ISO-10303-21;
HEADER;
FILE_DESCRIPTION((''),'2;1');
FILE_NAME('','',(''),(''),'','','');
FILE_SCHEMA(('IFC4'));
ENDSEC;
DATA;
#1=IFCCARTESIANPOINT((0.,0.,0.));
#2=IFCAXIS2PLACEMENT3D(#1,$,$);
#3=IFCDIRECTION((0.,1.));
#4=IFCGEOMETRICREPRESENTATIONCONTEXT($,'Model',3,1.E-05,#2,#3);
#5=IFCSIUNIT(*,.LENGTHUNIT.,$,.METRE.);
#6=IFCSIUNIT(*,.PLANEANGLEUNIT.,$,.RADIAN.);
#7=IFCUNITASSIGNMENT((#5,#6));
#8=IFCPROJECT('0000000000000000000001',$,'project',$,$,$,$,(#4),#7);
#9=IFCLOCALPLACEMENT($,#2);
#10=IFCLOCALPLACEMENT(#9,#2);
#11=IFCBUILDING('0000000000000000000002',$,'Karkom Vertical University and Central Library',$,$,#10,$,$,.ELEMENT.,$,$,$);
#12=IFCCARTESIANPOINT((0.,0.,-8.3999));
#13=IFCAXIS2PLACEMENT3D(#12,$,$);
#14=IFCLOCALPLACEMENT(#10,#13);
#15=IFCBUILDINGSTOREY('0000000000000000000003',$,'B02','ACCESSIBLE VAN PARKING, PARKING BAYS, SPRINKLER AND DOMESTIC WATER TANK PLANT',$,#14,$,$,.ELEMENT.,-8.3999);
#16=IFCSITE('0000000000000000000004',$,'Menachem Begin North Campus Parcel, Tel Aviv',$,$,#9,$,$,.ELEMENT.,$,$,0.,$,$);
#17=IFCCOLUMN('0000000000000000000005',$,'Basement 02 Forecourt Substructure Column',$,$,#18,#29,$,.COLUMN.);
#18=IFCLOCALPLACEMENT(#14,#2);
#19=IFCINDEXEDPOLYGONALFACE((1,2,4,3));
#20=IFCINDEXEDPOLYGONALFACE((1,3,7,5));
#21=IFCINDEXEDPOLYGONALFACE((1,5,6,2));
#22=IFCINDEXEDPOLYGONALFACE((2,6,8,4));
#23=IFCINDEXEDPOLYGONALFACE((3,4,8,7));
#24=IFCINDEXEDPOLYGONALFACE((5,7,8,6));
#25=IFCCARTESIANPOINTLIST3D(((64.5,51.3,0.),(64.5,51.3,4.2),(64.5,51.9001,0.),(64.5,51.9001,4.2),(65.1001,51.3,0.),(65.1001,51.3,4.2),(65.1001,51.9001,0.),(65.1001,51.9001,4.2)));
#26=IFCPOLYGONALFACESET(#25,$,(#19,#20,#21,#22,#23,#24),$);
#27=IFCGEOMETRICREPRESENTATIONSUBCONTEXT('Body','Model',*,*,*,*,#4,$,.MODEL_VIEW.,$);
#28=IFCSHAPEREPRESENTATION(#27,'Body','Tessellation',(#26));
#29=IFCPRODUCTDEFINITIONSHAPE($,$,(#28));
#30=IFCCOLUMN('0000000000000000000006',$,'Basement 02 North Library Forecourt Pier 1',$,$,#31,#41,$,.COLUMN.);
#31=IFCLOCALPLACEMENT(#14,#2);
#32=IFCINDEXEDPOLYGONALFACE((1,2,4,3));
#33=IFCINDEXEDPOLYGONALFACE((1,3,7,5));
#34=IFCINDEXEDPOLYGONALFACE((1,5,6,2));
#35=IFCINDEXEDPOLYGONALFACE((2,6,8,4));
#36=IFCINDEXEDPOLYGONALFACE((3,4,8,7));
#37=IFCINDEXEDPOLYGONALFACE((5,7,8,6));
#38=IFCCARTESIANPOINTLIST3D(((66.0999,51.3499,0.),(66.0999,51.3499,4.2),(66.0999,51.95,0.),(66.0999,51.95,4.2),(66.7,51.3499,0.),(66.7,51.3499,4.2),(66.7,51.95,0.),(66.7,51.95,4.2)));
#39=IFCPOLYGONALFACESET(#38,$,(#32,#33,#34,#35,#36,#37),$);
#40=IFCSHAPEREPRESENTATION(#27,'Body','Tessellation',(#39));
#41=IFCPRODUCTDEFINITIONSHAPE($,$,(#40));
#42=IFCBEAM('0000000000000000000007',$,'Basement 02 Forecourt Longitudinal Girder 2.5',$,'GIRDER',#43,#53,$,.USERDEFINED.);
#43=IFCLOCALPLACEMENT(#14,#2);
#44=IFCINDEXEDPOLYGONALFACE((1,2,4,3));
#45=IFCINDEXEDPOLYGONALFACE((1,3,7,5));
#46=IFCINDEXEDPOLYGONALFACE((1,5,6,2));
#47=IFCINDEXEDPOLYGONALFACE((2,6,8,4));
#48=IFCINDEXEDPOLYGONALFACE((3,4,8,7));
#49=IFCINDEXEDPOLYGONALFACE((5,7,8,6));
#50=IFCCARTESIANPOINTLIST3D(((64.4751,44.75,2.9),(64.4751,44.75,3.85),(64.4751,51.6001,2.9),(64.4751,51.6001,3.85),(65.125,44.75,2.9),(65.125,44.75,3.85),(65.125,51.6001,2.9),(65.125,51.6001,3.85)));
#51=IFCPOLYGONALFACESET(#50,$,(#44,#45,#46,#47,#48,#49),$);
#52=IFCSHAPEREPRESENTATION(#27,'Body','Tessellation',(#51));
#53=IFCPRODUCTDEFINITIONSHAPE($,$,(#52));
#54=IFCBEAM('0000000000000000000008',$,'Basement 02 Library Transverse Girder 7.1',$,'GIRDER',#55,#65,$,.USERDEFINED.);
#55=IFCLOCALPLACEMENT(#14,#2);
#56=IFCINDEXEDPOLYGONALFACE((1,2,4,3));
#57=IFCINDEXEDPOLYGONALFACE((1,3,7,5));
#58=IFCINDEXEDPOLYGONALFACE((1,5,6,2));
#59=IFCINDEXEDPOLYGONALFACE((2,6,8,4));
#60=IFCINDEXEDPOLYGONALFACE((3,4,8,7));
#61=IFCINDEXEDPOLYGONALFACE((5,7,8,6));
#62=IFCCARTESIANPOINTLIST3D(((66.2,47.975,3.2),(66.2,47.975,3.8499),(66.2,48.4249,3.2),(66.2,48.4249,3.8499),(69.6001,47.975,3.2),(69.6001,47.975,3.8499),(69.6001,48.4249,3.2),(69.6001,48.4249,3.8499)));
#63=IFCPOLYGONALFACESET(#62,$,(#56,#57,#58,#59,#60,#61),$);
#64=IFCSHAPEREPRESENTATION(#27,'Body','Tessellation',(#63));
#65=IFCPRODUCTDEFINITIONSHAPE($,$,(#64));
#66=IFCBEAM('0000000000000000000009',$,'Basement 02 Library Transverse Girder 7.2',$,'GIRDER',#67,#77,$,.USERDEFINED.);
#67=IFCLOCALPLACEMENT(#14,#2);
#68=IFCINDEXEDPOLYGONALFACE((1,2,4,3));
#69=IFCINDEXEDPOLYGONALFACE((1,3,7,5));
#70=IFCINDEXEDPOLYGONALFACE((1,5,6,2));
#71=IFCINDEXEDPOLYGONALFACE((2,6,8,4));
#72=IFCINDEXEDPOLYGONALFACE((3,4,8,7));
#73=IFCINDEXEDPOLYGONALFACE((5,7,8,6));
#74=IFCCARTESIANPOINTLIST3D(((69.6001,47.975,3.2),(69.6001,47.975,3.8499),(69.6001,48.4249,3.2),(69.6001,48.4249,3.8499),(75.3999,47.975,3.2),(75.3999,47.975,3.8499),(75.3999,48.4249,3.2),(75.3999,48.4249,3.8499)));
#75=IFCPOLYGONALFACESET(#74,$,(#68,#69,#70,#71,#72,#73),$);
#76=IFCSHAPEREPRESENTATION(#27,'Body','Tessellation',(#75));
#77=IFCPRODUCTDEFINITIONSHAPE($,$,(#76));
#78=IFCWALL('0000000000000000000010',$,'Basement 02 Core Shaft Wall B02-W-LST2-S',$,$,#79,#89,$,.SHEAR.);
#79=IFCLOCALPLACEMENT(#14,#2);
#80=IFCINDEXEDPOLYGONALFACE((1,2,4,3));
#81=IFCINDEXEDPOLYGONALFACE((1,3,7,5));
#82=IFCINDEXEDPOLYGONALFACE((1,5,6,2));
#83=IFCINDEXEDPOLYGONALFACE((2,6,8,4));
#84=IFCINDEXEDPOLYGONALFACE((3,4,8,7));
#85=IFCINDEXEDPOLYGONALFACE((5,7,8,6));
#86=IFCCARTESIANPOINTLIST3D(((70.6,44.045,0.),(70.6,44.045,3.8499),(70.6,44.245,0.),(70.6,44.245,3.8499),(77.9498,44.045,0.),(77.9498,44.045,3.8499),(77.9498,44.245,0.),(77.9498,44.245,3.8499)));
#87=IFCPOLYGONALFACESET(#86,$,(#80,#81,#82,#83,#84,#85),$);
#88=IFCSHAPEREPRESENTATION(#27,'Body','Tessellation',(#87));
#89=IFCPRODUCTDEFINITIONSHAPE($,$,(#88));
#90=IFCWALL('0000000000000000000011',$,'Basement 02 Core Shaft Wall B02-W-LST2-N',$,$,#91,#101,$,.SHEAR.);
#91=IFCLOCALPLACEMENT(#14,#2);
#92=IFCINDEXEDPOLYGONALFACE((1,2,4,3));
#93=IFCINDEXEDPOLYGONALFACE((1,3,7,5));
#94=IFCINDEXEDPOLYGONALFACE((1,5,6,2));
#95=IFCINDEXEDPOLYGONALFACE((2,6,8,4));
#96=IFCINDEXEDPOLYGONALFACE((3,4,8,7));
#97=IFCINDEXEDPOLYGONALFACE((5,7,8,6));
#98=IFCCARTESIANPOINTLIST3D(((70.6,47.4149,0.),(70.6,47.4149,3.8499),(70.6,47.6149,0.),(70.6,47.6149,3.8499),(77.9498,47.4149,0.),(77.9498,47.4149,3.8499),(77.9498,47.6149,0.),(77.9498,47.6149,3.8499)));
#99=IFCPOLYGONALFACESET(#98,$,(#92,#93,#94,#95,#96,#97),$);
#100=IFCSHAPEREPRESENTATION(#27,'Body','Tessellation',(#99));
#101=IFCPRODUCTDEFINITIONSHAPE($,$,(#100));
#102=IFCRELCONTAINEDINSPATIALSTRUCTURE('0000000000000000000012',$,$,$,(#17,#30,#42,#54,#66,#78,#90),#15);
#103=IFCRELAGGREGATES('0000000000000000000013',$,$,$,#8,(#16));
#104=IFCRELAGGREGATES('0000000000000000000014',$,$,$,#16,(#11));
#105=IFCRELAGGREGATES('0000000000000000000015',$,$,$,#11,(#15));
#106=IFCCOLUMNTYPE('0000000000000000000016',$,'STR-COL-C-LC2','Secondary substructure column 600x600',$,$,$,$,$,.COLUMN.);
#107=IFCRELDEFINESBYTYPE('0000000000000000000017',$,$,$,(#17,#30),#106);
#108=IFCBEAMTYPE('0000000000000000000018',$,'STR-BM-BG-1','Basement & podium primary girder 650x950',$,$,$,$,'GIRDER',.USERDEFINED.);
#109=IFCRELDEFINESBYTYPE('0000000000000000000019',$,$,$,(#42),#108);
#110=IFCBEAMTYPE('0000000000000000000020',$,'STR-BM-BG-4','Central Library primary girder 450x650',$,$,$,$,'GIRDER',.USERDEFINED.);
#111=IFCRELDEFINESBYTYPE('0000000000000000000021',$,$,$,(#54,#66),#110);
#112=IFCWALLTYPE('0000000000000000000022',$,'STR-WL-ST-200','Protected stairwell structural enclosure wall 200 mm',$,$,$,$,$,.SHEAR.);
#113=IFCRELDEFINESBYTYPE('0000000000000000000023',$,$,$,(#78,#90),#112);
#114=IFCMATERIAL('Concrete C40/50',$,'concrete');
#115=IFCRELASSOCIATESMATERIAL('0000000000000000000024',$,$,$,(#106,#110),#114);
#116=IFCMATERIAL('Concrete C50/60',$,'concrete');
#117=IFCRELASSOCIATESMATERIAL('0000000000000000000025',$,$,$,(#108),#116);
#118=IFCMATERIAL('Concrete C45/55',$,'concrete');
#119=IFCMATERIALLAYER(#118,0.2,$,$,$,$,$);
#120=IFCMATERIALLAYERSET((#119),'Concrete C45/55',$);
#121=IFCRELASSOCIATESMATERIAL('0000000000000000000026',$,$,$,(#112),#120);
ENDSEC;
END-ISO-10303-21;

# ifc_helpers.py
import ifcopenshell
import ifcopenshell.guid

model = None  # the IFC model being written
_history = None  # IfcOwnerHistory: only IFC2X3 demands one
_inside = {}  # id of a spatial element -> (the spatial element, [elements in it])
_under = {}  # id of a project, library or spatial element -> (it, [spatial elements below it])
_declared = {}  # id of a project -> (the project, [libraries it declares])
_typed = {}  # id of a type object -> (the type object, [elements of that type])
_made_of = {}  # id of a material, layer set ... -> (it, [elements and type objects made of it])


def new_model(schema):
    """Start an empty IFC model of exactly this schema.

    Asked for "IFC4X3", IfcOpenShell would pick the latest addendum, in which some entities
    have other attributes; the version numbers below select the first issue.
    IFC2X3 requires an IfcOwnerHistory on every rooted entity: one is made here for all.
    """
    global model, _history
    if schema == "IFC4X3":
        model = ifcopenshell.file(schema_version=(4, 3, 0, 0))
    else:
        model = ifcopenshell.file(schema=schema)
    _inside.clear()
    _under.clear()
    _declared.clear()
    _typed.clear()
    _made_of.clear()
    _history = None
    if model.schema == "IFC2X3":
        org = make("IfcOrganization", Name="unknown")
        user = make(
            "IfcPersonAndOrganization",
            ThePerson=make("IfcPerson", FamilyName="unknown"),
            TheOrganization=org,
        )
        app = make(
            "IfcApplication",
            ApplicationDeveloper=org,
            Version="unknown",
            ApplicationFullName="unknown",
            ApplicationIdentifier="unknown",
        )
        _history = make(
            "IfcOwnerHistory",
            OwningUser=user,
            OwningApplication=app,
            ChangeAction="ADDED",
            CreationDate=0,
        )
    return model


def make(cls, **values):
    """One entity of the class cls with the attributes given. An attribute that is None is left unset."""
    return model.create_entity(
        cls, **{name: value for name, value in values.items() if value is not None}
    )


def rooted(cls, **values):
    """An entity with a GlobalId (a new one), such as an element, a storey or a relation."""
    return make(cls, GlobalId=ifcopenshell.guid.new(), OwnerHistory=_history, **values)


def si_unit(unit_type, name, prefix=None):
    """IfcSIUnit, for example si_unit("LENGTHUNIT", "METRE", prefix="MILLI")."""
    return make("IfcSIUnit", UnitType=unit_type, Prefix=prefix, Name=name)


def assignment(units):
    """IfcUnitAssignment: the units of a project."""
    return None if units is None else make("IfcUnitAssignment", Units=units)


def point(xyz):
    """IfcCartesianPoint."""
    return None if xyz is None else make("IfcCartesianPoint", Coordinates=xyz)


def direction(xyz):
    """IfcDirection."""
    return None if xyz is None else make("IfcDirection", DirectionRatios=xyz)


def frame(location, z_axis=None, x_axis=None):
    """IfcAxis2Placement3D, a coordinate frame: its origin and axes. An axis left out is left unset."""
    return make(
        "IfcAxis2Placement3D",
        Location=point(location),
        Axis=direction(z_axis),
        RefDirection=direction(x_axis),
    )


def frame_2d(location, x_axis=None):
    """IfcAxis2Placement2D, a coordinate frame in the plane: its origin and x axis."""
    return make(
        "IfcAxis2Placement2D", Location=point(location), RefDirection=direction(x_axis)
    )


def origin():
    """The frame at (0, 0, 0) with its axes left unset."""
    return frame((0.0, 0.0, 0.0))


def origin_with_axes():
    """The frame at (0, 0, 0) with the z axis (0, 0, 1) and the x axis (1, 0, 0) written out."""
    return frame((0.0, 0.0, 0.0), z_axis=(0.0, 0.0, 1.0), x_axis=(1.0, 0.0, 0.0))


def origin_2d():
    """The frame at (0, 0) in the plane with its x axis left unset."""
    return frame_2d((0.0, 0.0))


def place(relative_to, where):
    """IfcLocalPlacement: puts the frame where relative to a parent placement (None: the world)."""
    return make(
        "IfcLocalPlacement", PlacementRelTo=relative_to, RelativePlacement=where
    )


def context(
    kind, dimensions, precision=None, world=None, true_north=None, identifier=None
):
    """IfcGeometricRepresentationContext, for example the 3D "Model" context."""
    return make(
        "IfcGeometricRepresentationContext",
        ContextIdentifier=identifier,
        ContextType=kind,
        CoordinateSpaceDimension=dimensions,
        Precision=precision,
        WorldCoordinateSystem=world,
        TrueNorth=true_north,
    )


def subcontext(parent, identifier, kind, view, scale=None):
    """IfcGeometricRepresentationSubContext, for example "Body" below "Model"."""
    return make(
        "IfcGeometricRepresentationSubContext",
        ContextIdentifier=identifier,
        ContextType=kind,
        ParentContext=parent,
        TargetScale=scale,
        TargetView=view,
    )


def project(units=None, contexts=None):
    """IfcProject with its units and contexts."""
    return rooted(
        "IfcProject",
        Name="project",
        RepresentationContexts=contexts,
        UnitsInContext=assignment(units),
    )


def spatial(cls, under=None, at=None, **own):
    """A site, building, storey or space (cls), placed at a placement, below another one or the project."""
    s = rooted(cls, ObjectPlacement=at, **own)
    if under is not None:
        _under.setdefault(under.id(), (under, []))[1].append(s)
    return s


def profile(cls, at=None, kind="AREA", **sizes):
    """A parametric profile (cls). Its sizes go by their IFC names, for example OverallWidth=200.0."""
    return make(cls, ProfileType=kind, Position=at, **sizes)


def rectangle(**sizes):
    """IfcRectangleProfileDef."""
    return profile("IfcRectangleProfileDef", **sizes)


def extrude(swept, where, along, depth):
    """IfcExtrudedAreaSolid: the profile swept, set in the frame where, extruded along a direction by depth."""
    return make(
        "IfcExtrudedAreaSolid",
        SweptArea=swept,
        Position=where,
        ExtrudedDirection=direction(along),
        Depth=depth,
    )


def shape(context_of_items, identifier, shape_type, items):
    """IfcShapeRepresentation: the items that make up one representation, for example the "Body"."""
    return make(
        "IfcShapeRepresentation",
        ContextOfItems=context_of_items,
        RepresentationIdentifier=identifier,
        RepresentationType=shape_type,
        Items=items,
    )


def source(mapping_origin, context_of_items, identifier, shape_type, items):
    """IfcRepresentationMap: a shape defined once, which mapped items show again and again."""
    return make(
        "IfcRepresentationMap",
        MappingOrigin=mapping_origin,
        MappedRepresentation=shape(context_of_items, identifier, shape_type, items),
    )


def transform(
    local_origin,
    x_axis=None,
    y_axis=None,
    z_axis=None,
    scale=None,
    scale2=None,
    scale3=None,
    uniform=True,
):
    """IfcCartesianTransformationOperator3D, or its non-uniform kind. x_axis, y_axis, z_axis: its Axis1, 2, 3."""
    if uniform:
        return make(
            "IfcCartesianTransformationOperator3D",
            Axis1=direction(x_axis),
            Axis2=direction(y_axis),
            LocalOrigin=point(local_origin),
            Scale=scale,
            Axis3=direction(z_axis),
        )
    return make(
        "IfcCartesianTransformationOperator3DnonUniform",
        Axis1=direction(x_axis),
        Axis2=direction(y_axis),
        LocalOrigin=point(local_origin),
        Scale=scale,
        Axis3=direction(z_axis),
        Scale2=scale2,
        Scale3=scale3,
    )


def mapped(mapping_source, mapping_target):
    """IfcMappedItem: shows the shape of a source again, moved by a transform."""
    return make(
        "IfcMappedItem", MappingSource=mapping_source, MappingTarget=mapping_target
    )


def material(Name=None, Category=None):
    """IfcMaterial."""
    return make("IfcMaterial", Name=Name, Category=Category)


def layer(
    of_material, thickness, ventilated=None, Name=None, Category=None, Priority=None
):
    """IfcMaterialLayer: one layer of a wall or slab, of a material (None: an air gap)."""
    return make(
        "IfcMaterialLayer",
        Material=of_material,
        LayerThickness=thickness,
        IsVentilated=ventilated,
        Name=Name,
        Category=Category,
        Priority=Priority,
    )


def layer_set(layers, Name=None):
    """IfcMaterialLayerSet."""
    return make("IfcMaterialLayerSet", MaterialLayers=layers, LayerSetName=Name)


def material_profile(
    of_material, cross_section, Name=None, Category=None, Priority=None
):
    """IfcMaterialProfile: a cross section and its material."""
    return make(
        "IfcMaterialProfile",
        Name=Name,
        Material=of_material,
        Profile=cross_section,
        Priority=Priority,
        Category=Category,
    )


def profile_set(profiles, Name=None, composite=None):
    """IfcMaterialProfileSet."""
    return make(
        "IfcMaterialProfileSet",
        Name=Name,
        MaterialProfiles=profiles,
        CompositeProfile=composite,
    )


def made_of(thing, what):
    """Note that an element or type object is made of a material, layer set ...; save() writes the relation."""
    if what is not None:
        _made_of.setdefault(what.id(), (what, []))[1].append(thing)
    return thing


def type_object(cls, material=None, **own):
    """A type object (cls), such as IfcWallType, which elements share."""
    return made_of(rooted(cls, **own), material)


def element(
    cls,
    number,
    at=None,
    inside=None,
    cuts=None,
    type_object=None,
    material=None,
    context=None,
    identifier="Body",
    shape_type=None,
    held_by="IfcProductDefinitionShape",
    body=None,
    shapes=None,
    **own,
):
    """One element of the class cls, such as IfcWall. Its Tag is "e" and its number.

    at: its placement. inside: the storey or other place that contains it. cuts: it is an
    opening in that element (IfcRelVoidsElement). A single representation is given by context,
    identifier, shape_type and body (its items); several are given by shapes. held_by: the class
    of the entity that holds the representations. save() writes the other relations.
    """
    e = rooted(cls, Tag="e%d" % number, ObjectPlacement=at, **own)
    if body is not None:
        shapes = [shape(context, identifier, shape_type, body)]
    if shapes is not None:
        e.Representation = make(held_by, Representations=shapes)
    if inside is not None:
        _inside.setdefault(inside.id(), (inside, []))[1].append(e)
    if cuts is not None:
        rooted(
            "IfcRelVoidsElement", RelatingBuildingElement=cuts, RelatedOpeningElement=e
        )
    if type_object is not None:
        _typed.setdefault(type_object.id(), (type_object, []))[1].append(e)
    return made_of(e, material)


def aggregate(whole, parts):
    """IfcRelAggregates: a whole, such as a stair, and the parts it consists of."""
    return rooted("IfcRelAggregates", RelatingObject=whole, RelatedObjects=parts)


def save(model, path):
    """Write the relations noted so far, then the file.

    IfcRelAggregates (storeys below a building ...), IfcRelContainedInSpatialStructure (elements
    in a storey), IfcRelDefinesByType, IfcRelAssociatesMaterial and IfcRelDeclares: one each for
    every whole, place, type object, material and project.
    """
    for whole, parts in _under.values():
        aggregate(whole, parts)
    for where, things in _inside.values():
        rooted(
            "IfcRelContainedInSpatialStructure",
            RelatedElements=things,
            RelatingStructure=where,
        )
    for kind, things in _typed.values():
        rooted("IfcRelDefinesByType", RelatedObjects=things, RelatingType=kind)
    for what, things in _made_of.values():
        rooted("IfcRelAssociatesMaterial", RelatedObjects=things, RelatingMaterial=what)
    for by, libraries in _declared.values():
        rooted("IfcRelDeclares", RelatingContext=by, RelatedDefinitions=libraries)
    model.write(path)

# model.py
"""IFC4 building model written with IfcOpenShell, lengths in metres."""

from ifc_helpers import new_model, si_unit, direction, frame, frame_2d, origin, origin_with_axes, origin_2d, place, context, subcontext, project, spatial, rectangle, extrude, source, transform, mapped, material, layer, layer_set, material_profile, profile_set, type_object, element, save


model = new_model("IFC4")

# Units and contexts
model_context = context("Model", 3, precision=1e-05, world=origin(), true_north=direction((0.0, 1.0)))
body_context = subcontext(model_context, "Body", "Model", "MODEL_VIEW")
ifc_project = project(units=[si_unit("LENGTHUNIT", "METRE"), si_unit("PLANEANGLEUNIT", "RADIAN")], contexts=[model_context])

# Site, building, storey
site_placement = place(None, origin())
site = spatial("IfcSite", under=ifc_project, at=site_placement, Name="Menachem Begin North Campus Parcel, Tel Aviv", CompositionType="ELEMENT", RefElevation=0.0)
building_placement = place(site_placement, origin())
building = spatial("IfcBuilding", under=site, at=building_placement, Name="Karkom Vertical University and Central Library", CompositionType="ELEMENT")
storey_placement = place(building_placement, frame((0.0, 0.0, -8.3999)))
storey = spatial("IfcBuildingStorey", under=building, at=storey_placement, Name="B02", Description="ACCESSIBLE VAN PARKING, PARKING BAYS, SPRINKLER AND DOMESTIC WATER TANK PLANT", CompositionType="ELEMENT", Elevation=-8.3999)

# Shared definitions
ifc_material_1 = material(Name="Concrete C40/50", Category="concrete")

# Shared definitions
ifc_material_2 = material(Name="Concrete C45/55", Category="concrete")

# Columns
ifc_material_profile_1 = material_profile(ifc_material_1, rectangle(XDim=0.6001, YDim=0.6001, at=origin_2d()), Name="RC-600x600")
ifc_profile_set_1 = profile_set([ifc_material_profile_1], Name="Concrete C40/50")
column_type_1 = type_object("IfcColumnType", Name="STR-COL-C-LC2", Description="Secondary substructure column 600x600", PredefinedType="COLUMN", material=ifc_profile_set_1)
shared_shape_1 = source(origin_with_axes(), body_context, "Body", "SweptSolid", [
    extrude(rectangle(XDim=0.6001, YDim=0.6001, at=origin_2d()), origin(), (0.0, 0.0, 1.0), 4.2),
])
for number, where, z_axis, x_axis, name in (
    (1, (64.8, 51.6001, 0.0), (0.0, 0.0, 1.0), (1.0, 0.0, 0.0), "Basement 02 Forecourt Substructure Column"),
    (2, (66.3999, 51.6499, 0.0), (0.0, 0.0, 1.0), (1.0, 0.0, 0.0), "Basement 02 North Library Forecourt Pier 1"),
):
    element("IfcColumn", number, at=place(storey_placement, frame(where, z_axis=z_axis, x_axis=x_axis)), inside=storey, type_object=column_type_1, Name=name, PredefinedType="COLUMN", context=body_context, shape_type="MappedRepresentation", body=[
        mapped(shared_shape_1, transform((0.0, 0.0, 0.0), scale=1.0)),
    ])

# Beams
ifc_material_3 = material(Name="Concrete C50/60", Category="concrete")
ifc_material_profile_2 = material_profile(ifc_material_3, rectangle(XDim=0.6499, YDim=0.95, at=origin_2d()), Name="RCG-650x950")
ifc_profile_set_2 = profile_set([ifc_material_profile_2], Name="Concrete C50/60")
beam_type_1 = type_object("IfcBeamType", Name="STR-BM-BG-1", Description="Basement & podium primary girder 650x950", ElementType="GIRDER", PredefinedType="USERDEFINED", material=ifc_profile_set_2)
shared_shape_2 = source(origin_with_axes(), body_context, "Body", "SweptSolid", [
    extrude(rectangle(XDim=0.6499, YDim=0.95, at=origin_2d()), origin(), (0.0, 0.0, 1.0), 6.8501),
])
beam_1_placement = place(storey_placement, frame((64.8, 44.75, 3.375), z_axis=(0.0, 1.0, 0.0), x_axis=(-1.0, 0.0, 0.0)))
element("IfcBeam", 3, at=beam_1_placement, inside=storey, type_object=beam_type_1, Name="Basement 02 Forecourt Longitudinal Girder 2.5", ObjectType="GIRDER", PredefinedType="USERDEFINED", context=body_context, shape_type="MappedRepresentation", body=[
    mapped(shared_shape_2, transform((0.0, 0.0, 0.0), scale=1.0)),
])
ifc_material_profile_3 = material_profile(ifc_material_1, rectangle(XDim=0.45, YDim=0.6499, at=origin_2d()), Name="RCB-450x650")
ifc_profile_set_3 = profile_set([ifc_material_profile_3], Name="Concrete C40/50")
beam_type_2 = type_object("IfcBeamType", Name="STR-BM-BG-4", Description="Central Library primary girder 450x650", ElementType="GIRDER", PredefinedType="USERDEFINED", material=ifc_profile_set_3)
shared_shape_3 = source(origin_with_axes(), body_context, "Body", "SweptSolid", [
    extrude(rectangle(XDim=0.45, YDim=0.6499, at=origin_2d()), origin(), (0.0, 0.0, 1.0), 3.4001),
])
beam_2_placement = place(storey_placement, frame((66.2, 48.2, 3.5249), z_axis=(1.0, 0.0, 0.0), x_axis=(0.0, 1.0, 0.0)))
element("IfcBeam", 4, at=beam_2_placement, inside=storey, type_object=beam_type_2, Name="Basement 02 Library Transverse Girder 7.1", ObjectType="GIRDER", PredefinedType="USERDEFINED", context=body_context, shape_type="MappedRepresentation", body=[
    mapped(shared_shape_3, transform((0.0, 0.0, 0.0), scale=1.0)),
])
shared_shape_4 = source(origin_with_axes(), body_context, "Body", "SweptSolid", [
    extrude(rectangle(XDim=0.45, YDim=0.6499, at=origin_2d()), origin(), (0.0, 0.0, 1.0), 5.7998),
])
beam_3_placement = place(storey_placement, frame((69.6001, 48.2, 3.5249), z_axis=(1.0, 0.0, 0.0), x_axis=(0.0, 1.0, 0.0)))
element("IfcBeam", 5, at=beam_3_placement, inside=storey, type_object=beam_type_2, Name="Basement 02 Library Transverse Girder 7.2", ObjectType="GIRDER", PredefinedType="USERDEFINED", context=body_context, shape_type="MappedRepresentation", body=[
    mapped(shared_shape_4, transform((0.0, 0.0, 0.0), scale=1.0)),
])

# Walls
ifc_layer = layer(ifc_material_2, 0.2)
ifc_layer_set = layer_set([ifc_layer], Name="Concrete C45/55")
wall_type = type_object("IfcWallType", Name="STR-WL-ST-200", Description="Protected stairwell structural enclosure wall 200 mm", PredefinedType="SHEAR", material=ifc_layer_set)
for number, where, z_axis, x_axis, name in (
    (6, (70.6001, 44.145, 0.0), (0.0, 0.0, 1.0), (1.0, 0.0, 0.0), "Basement 02 Core Shaft Wall B02-W-LST2-S"),
    (7, (70.6001, 47.5149, 0.0), (0.0, 0.0, 1.0), (1.0, 0.0, 0.0), "Basement 02 Core Shaft Wall B02-W-LST2-N"),
):
    element("IfcWall", number, at=place(storey_placement, frame(where, z_axis=z_axis, x_axis=x_axis)), inside=storey, type_object=wall_type, Name=name, PredefinedType="SHEAR", context=body_context, shape_type="SweptSolid", body=[
        extrude(rectangle(XDim=7.3499, YDim=0.2, at=frame_2d((3.6748, 0.0))), origin(), (0.0, 0.0, 1.0), 3.8499),
    ])

save(model, "model.ifc")
